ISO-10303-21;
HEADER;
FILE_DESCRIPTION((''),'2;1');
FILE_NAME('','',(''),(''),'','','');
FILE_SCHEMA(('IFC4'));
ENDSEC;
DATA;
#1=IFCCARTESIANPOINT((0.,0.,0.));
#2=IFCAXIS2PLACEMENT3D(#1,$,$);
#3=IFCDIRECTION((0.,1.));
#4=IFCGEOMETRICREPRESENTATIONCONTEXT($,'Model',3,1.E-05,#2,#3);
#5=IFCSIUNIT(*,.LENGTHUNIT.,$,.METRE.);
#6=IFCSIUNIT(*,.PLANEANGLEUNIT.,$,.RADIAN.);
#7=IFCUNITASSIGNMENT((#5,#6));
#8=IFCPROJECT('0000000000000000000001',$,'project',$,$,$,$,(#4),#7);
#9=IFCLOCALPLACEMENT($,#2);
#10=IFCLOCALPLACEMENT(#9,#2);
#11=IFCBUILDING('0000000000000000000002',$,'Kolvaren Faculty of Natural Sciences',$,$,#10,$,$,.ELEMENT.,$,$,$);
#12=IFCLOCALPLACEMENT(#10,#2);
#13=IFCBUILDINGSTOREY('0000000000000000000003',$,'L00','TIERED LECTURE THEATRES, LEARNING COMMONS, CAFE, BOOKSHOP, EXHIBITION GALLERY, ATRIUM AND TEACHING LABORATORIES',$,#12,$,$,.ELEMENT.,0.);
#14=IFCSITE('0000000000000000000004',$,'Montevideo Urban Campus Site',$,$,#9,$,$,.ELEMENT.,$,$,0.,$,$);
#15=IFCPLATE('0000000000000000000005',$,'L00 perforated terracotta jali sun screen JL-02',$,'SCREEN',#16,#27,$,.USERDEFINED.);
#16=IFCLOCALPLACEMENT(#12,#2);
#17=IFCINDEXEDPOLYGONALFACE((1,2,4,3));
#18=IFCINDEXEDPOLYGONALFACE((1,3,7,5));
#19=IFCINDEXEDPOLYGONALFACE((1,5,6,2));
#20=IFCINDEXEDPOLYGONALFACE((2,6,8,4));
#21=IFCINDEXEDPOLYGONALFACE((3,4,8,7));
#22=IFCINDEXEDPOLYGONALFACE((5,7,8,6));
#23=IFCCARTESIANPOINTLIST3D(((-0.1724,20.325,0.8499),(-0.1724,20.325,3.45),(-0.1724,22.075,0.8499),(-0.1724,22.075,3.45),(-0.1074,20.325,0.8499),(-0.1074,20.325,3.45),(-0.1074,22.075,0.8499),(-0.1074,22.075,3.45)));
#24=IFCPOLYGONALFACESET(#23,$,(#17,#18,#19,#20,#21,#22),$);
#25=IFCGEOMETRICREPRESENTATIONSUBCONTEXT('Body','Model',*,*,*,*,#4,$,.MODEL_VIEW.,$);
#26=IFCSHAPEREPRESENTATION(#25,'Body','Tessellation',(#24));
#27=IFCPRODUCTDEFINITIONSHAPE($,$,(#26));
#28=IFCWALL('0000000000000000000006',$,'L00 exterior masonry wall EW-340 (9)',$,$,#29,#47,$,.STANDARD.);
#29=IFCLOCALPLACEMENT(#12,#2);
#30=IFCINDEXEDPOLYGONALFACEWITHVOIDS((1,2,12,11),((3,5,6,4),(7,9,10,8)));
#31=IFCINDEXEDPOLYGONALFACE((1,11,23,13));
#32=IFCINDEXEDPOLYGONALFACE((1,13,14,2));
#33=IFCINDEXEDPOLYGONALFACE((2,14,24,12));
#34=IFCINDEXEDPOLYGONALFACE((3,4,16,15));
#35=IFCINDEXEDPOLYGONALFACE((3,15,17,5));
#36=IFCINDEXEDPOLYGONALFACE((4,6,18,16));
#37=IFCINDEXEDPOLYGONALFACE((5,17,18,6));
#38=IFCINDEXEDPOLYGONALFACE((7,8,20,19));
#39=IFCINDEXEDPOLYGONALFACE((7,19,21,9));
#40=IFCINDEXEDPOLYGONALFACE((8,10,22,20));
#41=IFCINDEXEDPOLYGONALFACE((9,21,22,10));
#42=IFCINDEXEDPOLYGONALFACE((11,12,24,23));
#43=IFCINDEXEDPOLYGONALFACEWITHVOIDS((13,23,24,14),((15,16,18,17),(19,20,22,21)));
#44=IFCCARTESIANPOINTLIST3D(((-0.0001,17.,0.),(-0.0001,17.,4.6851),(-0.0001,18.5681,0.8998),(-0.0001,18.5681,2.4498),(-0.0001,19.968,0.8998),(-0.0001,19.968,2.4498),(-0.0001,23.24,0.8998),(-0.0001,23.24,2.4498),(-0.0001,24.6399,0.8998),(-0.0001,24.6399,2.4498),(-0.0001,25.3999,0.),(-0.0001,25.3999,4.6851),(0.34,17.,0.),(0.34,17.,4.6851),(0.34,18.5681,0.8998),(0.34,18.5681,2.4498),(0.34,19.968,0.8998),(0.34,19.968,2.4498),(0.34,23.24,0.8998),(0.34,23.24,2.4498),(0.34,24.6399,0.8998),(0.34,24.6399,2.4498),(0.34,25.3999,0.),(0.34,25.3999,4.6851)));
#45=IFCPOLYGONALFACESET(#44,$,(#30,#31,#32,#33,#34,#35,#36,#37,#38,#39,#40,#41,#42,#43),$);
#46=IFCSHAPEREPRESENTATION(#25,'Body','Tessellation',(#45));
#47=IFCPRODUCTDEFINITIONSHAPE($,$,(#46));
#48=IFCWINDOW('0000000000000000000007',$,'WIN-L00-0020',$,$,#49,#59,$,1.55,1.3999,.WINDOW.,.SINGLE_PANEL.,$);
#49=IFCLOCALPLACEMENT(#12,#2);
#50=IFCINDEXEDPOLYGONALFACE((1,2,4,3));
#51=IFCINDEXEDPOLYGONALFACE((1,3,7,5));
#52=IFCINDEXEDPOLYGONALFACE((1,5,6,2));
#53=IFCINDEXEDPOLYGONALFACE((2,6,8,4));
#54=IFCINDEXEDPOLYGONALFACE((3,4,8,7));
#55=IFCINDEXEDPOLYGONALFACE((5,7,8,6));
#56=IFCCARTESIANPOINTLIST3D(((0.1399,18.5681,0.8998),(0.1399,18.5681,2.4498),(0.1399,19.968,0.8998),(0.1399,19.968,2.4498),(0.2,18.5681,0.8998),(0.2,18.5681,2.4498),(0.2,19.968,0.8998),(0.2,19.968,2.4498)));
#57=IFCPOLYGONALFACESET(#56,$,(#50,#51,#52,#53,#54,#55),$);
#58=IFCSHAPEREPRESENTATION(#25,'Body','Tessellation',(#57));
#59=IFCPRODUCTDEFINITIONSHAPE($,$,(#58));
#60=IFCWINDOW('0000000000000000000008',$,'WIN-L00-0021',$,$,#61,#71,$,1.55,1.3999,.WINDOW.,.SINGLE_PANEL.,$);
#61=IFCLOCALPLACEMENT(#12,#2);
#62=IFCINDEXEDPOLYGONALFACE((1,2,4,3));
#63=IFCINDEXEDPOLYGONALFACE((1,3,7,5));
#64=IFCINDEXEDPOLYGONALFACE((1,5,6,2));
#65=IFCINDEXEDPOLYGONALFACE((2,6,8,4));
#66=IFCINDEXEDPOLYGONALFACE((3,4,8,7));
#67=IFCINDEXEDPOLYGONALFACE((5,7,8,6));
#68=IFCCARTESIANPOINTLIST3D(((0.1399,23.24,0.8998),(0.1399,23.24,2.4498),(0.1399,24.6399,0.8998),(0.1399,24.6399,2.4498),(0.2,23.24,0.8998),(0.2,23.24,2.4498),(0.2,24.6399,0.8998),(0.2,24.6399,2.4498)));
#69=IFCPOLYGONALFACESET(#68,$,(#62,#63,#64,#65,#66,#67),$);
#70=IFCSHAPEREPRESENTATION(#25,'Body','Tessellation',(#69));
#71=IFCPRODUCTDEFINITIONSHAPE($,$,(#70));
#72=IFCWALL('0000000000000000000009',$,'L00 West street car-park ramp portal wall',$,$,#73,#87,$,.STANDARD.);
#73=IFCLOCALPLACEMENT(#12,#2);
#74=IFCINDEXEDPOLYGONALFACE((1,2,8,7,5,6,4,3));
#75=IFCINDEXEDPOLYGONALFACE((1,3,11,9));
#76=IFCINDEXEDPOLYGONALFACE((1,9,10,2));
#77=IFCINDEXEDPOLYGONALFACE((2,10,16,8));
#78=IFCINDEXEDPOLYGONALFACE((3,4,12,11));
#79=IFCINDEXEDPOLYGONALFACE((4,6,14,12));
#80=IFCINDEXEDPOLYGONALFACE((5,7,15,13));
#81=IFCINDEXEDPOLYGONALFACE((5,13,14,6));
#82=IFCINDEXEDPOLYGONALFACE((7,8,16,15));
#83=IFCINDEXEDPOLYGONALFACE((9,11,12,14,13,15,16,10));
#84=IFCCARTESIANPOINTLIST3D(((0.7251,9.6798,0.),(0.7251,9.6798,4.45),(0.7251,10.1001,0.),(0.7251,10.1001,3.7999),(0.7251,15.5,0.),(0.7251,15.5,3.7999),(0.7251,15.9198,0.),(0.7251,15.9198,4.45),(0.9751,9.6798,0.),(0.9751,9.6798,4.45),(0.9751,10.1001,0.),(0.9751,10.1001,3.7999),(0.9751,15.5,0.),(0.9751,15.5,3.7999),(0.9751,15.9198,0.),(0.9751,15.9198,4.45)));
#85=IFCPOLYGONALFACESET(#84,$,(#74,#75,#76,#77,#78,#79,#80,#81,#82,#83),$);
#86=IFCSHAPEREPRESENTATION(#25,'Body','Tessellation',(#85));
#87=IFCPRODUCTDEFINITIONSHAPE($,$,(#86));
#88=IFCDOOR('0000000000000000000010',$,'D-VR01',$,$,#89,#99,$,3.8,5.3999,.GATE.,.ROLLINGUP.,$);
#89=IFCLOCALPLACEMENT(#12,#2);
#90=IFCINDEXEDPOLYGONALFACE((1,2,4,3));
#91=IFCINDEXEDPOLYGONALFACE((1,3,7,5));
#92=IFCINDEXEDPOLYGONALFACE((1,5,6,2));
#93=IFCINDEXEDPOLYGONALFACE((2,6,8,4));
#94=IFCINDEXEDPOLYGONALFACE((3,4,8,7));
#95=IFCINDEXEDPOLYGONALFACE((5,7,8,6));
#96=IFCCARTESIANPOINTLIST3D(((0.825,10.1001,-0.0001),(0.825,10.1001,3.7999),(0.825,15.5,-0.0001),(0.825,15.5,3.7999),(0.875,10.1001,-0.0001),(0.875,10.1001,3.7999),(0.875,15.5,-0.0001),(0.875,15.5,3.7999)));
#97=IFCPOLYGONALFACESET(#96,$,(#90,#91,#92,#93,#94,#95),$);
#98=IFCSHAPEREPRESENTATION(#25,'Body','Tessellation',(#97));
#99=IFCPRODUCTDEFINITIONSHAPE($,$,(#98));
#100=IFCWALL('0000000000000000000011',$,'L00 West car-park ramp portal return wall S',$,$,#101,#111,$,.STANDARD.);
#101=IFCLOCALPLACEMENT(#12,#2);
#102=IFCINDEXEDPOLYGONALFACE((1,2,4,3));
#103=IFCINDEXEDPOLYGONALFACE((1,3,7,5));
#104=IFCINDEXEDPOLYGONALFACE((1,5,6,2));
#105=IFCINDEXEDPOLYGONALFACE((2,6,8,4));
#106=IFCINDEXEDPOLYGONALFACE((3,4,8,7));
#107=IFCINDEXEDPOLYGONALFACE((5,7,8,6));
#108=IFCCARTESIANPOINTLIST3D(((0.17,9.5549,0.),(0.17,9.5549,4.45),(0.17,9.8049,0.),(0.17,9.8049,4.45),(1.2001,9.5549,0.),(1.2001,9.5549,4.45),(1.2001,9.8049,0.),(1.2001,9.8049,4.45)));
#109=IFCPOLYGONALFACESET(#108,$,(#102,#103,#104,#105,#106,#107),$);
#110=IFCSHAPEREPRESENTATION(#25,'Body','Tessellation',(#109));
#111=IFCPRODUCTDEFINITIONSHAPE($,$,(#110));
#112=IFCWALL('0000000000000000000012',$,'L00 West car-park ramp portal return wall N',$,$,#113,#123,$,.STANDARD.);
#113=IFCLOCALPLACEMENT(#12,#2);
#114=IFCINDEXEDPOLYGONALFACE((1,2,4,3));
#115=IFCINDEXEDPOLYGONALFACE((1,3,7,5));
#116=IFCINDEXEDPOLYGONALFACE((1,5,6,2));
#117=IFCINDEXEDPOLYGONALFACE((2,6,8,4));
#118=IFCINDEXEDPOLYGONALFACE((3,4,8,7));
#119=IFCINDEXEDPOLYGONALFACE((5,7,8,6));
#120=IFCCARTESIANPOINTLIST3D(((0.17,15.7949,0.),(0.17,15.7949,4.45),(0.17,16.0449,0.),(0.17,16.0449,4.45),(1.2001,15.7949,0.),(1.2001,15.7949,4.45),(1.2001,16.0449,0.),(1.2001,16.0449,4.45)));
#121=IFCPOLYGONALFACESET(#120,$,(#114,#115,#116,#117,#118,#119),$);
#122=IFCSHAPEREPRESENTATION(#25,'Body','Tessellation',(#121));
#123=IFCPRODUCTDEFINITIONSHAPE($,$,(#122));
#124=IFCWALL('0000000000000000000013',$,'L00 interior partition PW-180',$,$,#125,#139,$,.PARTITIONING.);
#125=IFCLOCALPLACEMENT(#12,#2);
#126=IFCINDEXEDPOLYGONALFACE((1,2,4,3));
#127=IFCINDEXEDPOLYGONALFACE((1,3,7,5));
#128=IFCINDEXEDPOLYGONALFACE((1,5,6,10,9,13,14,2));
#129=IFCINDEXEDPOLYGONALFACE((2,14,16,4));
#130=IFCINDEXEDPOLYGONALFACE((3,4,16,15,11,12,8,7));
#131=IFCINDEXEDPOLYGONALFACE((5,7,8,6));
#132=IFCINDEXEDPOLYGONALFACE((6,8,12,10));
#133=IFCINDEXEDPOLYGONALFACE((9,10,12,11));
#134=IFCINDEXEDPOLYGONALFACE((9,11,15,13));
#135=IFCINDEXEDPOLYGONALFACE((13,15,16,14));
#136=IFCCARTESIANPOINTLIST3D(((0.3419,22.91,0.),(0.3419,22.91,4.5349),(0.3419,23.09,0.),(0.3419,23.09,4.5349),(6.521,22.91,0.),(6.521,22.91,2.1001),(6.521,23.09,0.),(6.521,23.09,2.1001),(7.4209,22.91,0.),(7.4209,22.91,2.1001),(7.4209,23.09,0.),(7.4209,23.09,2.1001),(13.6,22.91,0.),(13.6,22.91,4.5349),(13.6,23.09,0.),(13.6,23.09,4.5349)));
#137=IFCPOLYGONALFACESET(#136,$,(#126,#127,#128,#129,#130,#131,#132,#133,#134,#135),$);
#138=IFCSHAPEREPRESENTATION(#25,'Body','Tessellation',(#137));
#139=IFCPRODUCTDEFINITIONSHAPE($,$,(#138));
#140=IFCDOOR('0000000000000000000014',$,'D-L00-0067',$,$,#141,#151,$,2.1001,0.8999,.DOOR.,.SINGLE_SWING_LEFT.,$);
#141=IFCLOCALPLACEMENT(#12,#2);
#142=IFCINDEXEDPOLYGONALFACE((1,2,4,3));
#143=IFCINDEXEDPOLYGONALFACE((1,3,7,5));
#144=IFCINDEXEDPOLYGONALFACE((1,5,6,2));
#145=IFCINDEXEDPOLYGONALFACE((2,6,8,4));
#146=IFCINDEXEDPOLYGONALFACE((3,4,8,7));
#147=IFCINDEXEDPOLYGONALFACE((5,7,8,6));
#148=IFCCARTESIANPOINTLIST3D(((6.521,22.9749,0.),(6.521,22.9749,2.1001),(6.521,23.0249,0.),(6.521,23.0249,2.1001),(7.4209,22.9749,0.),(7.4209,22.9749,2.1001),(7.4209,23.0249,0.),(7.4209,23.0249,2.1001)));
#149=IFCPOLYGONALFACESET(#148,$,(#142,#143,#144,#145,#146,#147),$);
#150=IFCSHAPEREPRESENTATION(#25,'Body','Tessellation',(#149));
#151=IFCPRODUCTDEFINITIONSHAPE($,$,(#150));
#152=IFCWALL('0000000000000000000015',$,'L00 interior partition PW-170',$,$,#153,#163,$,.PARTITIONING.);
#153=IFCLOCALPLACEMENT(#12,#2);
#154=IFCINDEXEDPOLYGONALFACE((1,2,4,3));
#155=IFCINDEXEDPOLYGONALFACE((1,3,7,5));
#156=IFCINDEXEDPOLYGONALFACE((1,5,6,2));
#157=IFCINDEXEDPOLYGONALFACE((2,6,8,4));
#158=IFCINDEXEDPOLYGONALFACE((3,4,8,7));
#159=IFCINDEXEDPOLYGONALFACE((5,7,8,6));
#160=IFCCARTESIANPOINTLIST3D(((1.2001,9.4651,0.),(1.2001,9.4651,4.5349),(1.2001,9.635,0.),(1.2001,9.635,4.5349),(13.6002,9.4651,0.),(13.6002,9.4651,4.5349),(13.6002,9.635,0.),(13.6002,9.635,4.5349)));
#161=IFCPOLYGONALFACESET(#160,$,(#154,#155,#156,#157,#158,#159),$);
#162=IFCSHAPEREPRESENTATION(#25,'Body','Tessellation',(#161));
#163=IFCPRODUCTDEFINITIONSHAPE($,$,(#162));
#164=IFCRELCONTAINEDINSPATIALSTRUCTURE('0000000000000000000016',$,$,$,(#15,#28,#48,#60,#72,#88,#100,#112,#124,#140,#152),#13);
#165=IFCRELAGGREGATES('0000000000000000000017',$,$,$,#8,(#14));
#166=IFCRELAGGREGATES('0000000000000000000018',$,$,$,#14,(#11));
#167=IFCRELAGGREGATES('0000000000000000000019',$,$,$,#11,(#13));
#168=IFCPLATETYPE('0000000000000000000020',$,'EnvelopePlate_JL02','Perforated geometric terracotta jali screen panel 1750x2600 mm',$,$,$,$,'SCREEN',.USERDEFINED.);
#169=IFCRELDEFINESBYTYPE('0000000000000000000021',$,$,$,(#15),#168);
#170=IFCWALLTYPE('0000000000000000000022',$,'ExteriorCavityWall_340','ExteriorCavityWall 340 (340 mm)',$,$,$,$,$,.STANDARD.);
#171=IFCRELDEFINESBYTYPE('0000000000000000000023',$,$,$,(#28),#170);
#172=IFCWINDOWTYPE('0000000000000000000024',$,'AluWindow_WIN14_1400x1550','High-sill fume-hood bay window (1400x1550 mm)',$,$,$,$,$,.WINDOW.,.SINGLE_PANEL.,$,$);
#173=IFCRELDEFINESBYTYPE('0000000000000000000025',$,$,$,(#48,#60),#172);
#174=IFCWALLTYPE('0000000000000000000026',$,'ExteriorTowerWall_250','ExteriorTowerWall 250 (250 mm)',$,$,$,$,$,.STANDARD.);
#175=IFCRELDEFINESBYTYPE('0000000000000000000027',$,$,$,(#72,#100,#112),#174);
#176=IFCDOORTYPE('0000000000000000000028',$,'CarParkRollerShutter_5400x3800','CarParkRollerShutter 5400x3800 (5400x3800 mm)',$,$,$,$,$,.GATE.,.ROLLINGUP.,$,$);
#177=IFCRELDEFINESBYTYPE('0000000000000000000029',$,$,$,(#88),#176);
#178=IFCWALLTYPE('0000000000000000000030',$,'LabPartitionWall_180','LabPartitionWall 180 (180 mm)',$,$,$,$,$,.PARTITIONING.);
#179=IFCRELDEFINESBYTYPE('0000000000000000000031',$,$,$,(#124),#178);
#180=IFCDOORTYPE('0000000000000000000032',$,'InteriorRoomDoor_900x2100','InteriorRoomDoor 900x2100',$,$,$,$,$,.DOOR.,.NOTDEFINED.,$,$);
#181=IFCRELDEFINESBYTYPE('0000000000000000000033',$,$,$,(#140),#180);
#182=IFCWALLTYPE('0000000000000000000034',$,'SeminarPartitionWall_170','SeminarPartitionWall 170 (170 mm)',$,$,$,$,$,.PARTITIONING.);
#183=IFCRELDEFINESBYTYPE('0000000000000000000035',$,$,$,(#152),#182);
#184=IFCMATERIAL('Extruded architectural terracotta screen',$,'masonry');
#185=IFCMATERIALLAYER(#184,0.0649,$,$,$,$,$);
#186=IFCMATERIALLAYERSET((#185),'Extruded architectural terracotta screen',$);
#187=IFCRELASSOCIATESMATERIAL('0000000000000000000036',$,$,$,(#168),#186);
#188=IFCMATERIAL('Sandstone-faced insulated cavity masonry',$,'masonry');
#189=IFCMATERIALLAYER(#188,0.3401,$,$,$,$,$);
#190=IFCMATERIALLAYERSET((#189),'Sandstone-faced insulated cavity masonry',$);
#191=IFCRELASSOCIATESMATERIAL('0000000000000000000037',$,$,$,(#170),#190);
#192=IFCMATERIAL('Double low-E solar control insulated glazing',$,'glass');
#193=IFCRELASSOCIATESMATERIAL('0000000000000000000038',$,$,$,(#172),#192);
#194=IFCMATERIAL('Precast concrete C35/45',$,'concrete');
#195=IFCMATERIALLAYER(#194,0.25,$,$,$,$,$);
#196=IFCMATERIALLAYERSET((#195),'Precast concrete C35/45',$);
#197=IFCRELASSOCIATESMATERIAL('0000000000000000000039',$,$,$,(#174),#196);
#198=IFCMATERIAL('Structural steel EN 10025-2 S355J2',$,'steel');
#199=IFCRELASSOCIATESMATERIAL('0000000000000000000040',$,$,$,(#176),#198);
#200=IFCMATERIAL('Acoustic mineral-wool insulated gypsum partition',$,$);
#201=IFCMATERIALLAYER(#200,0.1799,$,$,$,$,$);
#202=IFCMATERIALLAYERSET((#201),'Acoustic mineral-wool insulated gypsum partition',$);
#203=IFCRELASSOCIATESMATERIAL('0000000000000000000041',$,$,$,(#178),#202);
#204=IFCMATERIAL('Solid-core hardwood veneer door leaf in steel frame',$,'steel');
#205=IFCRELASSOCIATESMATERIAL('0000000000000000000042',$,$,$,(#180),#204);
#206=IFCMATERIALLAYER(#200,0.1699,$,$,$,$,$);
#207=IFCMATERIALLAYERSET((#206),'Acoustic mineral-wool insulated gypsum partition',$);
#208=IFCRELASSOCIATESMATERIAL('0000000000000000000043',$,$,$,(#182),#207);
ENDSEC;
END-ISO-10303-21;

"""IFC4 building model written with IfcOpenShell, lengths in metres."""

from ifc_helpers import new_model, si_unit, direction, frame, frame_2d, origin, origin_2d, place, context, subcontext, project, spatial, rectangle, extrude, material, layer, layer_set, type_object, element, fill, save


model = new_model("IFC4")

# Units and contexts
model_context = context("Model", 3, precision=1e-05, world=origin(), true_north=direction((0.0, 1.0)))
body_context = subcontext(model_context, "Body", "Model", "MODEL_VIEW")
ifc_project = project(units=[si_unit("LENGTHUNIT", "METRE"), si_unit("PLANEANGLEUNIT", "RADIAN")], contexts=[model_context])

# Site, building, storey
site_placement = place(None, origin())
site = spatial("IfcSite", under=ifc_project, at=site_placement, Name="Montevideo Urban Campus Site", CompositionType="ELEMENT", RefElevation=0.0)
building_placement = place(site_placement, origin())
building = spatial("IfcBuilding", under=site, at=building_placement, Name="Kolvaren Faculty of Natural Sciences", CompositionType="ELEMENT")
storey_placement = place(building_placement, origin())
storey = spatial("IfcBuildingStorey", under=building, at=storey_placement, Name="L00", Description="TIERED LECTURE THEATRES, LEARNING COMMONS, CAFE, BOOKSHOP, EXHIBITION GALLERY, ATRIUM AND TEACHING LABORATORIES", CompositionType="ELEMENT", Elevation=0.0)

# Plate
ifc_material_1 = material(Name="Extruded architectural terracotta screen", Category="masonry")
ifc_layer_1 = layer(ifc_material_1, 0.0649)
ifc_layer_set_1 = layer_set([ifc_layer_1], Name="Extruded architectural terracotta screen")
plate_type = type_object("IfcPlateType", Name="EnvelopePlate_JL02", Description="Perforated geometric terracotta jali screen panel 1750x2600 mm", ElementType="SCREEN", PredefinedType="USERDEFINED", material=ifc_layer_set_1)
plate_placement = place(storey_placement, frame((-0.1399, 21.2, 0.8499), z_axis=(0.0, 0.0, 1.0), x_axis=(0.0, 1.0, 0.0)))
element("IfcPlate", 1, at=plate_placement, inside=storey, type_object=plate_type, Name="L00 perforated terracotta jali sun screen JL-02", ObjectType="SCREEN", PredefinedType="USERDEFINED", context=body_context, shape_type="SweptSolid", body=[
    extrude(rectangle(XDim=1.75, YDim=0.0649, at=origin_2d()), origin(), (0.0, 0.0, 1.0), 2.6001),
])

# Wall, openings, windows
ifc_material_2 = material(Name="Sandstone-faced insulated cavity masonry", Category="masonry")
ifc_layer_2 = layer(ifc_material_2, 0.3401)
ifc_layer_set_2 = layer_set([ifc_layer_2], Name="Sandstone-faced insulated cavity masonry")
wall_type_1 = type_object("IfcWallType", Name="ExteriorCavityWall_340", Description="ExteriorCavityWall 340 (340 mm)", PredefinedType="STANDARD", material=ifc_layer_set_2)
wall_1_placement = place(storey_placement, frame((0.1699, 17.0, 0.0), z_axis=(0.0, 0.0, 1.0), x_axis=(0.0, 1.0, 0.0)))
wall_1 = element("IfcWall", 2, at=wall_1_placement, inside=storey, type_object=wall_type_1, Name="L00 exterior masonry wall EW-340 (9)", PredefinedType="STANDARD", context=body_context, shape_type="SweptSolid", body=[
    extrude(rectangle(XDim=8.3999, YDim=0.3401, at=frame_2d((4.2, 0.0))), origin(), (0.0, 0.0, 1.0), 4.6851),
])
opening_1_placement = place(wall_1_placement, frame((1.5681, 0.0, 0.8999)))
opening_1 = element("IfcOpeningElement", 3, at=opening_1_placement, cuts=wall_1, PredefinedType="OPENING", context=body_context, shape_type="SweptSolid", body=[
    extrude(rectangle(XDim=1.3999, YDim=1.55, at=frame_2d((0.7, 0.7749))), frame((0.0, 0.1799, 0.0), z_axis=(0.0, -1.0, 0.0), x_axis=(1.0, 0.0, 0.0)), (0.0, 0.0, 1.0), 0.3601),
])
opening_2_placement = place(wall_1_placement, frame((6.24, 0.0, 0.8999)))
opening_2 = element("IfcOpeningElement", 4, at=opening_2_placement, cuts=wall_1, PredefinedType="OPENING", context=body_context, shape_type="SweptSolid", body=[
    extrude(rectangle(XDim=1.3999, YDim=1.55, at=frame_2d((0.7, 0.7749))), frame((0.0, 0.1799, 0.0), z_axis=(0.0, -1.0, 0.0), x_axis=(1.0, 0.0, 0.0)), (0.0, 0.0, 1.0), 0.3601),
])
ifc_material_3 = material(Name="Double low-E solar control insulated glazing", Category="glass")
window_type = type_object("IfcWindowType", Name="AluWindow_WIN14_1400x1550", Description="High-sill fume-hood bay window (1400x1550 mm)", PartitioningType="SINGLE_PANEL", PredefinedType="WINDOW", material=ifc_material_3)
window_1_placement = place(opening_1_placement, origin())
window_1 = element("IfcWindow", 5, at=window_1_placement, inside=storey, type_object=window_type, Name="WIN-L00-0020", OverallHeight=1.55, OverallWidth=1.3999, PartitioningType="SINGLE_PANEL", PredefinedType="WINDOW", context=body_context, shape_type="SweptSolid", body=[
    extrude(rectangle(XDim=1.3999, YDim=1.55, at=frame_2d((0.7, 0.7749))), frame((0.0, 0.03, 0.0), z_axis=(0.0, -1.0, 0.0), x_axis=(1.0, 0.0, 0.0)), (0.0, 0.0, 1.0), 0.0601),
])
fill(opening_1, window_1)
window_2_placement = place(opening_2_placement, origin())
window_2 = element("IfcWindow", 6, at=window_2_placement, inside=storey, type_object=window_type, Name="WIN-L00-0021", OverallHeight=1.55, OverallWidth=1.3999, PartitioningType="SINGLE_PANEL", PredefinedType="WINDOW", context=body_context, shape_type="SweptSolid", body=[
    extrude(rectangle(XDim=1.3999, YDim=1.55, at=frame_2d((0.7, 0.7749))), frame((0.0, 0.03, 0.0), z_axis=(0.0, -1.0, 0.0), x_axis=(1.0, 0.0, 0.0)), (0.0, 0.0, 1.0), 0.0601),
])
fill(opening_2, window_2)

# Wall, opening, door
ifc_material_4 = material(Name="Precast concrete C35/45", Category="concrete")
ifc_layer_3 = layer(ifc_material_4, 0.25)
ifc_layer_set_3 = layer_set([ifc_layer_3], Name="Precast concrete C35/45")
wall_type_2 = type_object("IfcWallType", Name="ExteriorTowerWall_250", Description="ExteriorTowerWall 250 (250 mm)", PredefinedType="STANDARD", material=ifc_layer_set_3)
wall_2_placement = place(storey_placement, frame((0.8501, 15.9199, 0.0), z_axis=(0.0, 0.0, 1.0), x_axis=(0.0, -1.0, 0.0)))
wall_2 = element("IfcWall", 7, at=wall_2_placement, inside=storey, type_object=wall_type_2, Name="L00 West street car-park ramp portal wall", PredefinedType="STANDARD", context=body_context, shape_type="SweptSolid", body=[
    extrude(rectangle(XDim=6.24, YDim=0.25, at=frame_2d((3.1201, 0.0))), origin(), (0.0, 0.0, 1.0), 4.45),
])
opening_3_placement = place(wall_2_placement, frame((0.4199, 0.0, 0.0)))
opening_3 = element("IfcOpeningElement", 8, at=opening_3_placement, cuts=wall_2, PredefinedType="OPENING", context=body_context, shape_type="SweptSolid", body=[
    extrude(rectangle(XDim=5.3999, YDim=3.8, at=frame_2d((2.7, 1.8999))), frame((0.0, 0.135, 0.0), z_axis=(0.0, -1.0, 0.0), x_axis=(1.0, 0.0, 0.0)), (0.0, 0.0, 1.0), 0.27),
])
ifc_material_5 = material(Name="Structural steel EN 10025-2 S355J2", Category="steel")
door_type_1 = type_object("IfcDoorType", Name="CarParkRollerShutter_5400x3800", Description="CarParkRollerShutter 5400x3800 (5400x3800 mm)", OperationType="ROLLINGUP", PredefinedType="GATE", material=ifc_material_5)
door_1_placement = place(opening_3_placement, origin())
door_1 = element("IfcDoor", 9, at=door_1_placement, inside=storey, type_object=door_type_1, Name="D-VR01", OperationType="ROLLINGUP", OverallHeight=3.8, OverallWidth=5.3999, PredefinedType="GATE", context=body_context, shape_type="SweptSolid", body=[
    extrude(rectangle(XDim=5.3999, YDim=3.8, at=frame_2d((2.7, 1.8999))), frame((0.0, 0.0249, 0.0), z_axis=(0.0, -1.0, 0.0), x_axis=(1.0, 0.0, 0.0)), (0.0, 0.0, 1.0), 0.05),
])
fill(opening_3, door_1)

# Walls
for number, where, z_axis, x_axis, name in (
    (10, (0.1699, 9.6799, 0.0), (0.0, 0.0, 1.0), (1.0, 0.0, 0.0), "L00 West car-park ramp portal return wall S"),
    (11, (0.1699, 15.9199, 0.0), (0.0, 0.0, 1.0), (1.0, 0.0, 0.0), "L00 West car-park ramp portal return wall N"),
):
    element("IfcWall", number, at=place(storey_placement, frame(where, z_axis=z_axis, x_axis=x_axis)), inside=storey, type_object=wall_type_2, Name=name, PredefinedType="STANDARD", context=body_context, shape_type="SweptSolid", body=[
        extrude(rectangle(XDim=1.03, YDim=0.25, at=frame_2d((0.5151, 0.0))), origin(), (0.0, 0.0, 1.0), 4.45),
    ])

# Wall, opening, door
ifc_material_6 = material(Name="Acoustic mineral-wool insulated gypsum partition")
ifc_layer_4 = layer(ifc_material_6, 0.1799)
ifc_layer_set_4 = layer_set([ifc_layer_4], Name="Acoustic mineral-wool insulated gypsum partition")
wall_type_3 = type_object("IfcWallType", Name="LabPartitionWall_180", Description="LabPartitionWall 180 (180 mm)", PredefinedType="PARTITIONING", material=ifc_layer_set_4)
wall_3_placement = place(storey_placement, frame((0.342, 23.0, 0.0), z_axis=(0.0, 0.0, 1.0), x_axis=(1.0, 0.0, 0.0)))
wall_3 = element("IfcWall", 12, at=wall_3_placement, inside=storey, type_object=wall_type_3, Name="L00 interior partition PW-180", PredefinedType="PARTITIONING", context=body_context, shape_type="SweptSolid", body=[
    extrude(rectangle(XDim=13.2581, YDim=0.1799, at=frame_2d((6.6289, 0.0))), origin(), (0.0, 0.0, 1.0), 4.5349),
])
opening_4_placement = place(wall_3_placement, frame((6.179, 0.0, 0.0)))
opening_4 = element("IfcOpeningElement", 13, at=opening_4_placement, cuts=wall_3, PredefinedType="OPENING", context=body_context, shape_type="SweptSolid", body=[
    extrude(rectangle(XDim=0.8999, YDim=2.1001, at=frame_2d((0.45, 1.05))), frame((0.0, 0.0999, 0.0), z_axis=(0.0, -1.0, 0.0), x_axis=(1.0, 0.0, 0.0)), (0.0, 0.0, 1.0), 0.2),
])
ifc_material_7 = material(Name="Solid-core hardwood veneer door leaf in steel frame", Category="steel")
door_type_2 = type_object("IfcDoorType", Name="InteriorRoomDoor_900x2100", Description="InteriorRoomDoor 900x2100", OperationType="NOTDEFINED", PredefinedType="DOOR", material=ifc_material_7)
door_2_placement = place(opening_4_placement, origin())
door_2 = element("IfcDoor", 14, at=door_2_placement, inside=storey, type_object=door_type_2, Name="D-L00-0067", OperationType="SINGLE_SWING_LEFT", OverallHeight=2.1001, OverallWidth=0.8999, PredefinedType="DOOR", context=body_context, shape_type="SweptSolid", body=[
    extrude(rectangle(XDim=0.8999, YDim=2.1001, at=frame_2d((0.45, 1.05))), frame((0.0, 0.0249, 0.0), z_axis=(0.0, -1.0, 0.0), x_axis=(1.0, 0.0, 0.0)), (0.0, 0.0, 1.0), 0.05),
])
fill(opening_4, door_2)

# Wall
ifc_layer_5 = layer(ifc_material_6, 0.1699)
ifc_layer_set_5 = layer_set([ifc_layer_5], Name="Acoustic mineral-wool insulated gypsum partition")
wall_type_4 = type_object("IfcWallType", Name="SeminarPartitionWall_170", Description="SeminarPartitionWall 170 (170 mm)", PredefinedType="PARTITIONING", material=ifc_layer_set_5)
wall_4_placement = place(storey_placement, frame((1.2, 9.55, 0.0), z_axis=(0.0, 0.0, 1.0), x_axis=(1.0, 0.0, 0.0)))
element("IfcWall", 15, at=wall_4_placement, inside=storey, type_object=wall_type_4, Name="L00 interior partition PW-170", PredefinedType="PARTITIONING", context=body_context, shape_type="SweptSolid", body=[
    extrude(rectangle(XDim=12.4001, YDim=0.1699, at=frame_2d((6.2002, 0.0))), origin(), (0.0, 0.0, 1.0), 4.5349),
])

save(model, "model.ifc")
